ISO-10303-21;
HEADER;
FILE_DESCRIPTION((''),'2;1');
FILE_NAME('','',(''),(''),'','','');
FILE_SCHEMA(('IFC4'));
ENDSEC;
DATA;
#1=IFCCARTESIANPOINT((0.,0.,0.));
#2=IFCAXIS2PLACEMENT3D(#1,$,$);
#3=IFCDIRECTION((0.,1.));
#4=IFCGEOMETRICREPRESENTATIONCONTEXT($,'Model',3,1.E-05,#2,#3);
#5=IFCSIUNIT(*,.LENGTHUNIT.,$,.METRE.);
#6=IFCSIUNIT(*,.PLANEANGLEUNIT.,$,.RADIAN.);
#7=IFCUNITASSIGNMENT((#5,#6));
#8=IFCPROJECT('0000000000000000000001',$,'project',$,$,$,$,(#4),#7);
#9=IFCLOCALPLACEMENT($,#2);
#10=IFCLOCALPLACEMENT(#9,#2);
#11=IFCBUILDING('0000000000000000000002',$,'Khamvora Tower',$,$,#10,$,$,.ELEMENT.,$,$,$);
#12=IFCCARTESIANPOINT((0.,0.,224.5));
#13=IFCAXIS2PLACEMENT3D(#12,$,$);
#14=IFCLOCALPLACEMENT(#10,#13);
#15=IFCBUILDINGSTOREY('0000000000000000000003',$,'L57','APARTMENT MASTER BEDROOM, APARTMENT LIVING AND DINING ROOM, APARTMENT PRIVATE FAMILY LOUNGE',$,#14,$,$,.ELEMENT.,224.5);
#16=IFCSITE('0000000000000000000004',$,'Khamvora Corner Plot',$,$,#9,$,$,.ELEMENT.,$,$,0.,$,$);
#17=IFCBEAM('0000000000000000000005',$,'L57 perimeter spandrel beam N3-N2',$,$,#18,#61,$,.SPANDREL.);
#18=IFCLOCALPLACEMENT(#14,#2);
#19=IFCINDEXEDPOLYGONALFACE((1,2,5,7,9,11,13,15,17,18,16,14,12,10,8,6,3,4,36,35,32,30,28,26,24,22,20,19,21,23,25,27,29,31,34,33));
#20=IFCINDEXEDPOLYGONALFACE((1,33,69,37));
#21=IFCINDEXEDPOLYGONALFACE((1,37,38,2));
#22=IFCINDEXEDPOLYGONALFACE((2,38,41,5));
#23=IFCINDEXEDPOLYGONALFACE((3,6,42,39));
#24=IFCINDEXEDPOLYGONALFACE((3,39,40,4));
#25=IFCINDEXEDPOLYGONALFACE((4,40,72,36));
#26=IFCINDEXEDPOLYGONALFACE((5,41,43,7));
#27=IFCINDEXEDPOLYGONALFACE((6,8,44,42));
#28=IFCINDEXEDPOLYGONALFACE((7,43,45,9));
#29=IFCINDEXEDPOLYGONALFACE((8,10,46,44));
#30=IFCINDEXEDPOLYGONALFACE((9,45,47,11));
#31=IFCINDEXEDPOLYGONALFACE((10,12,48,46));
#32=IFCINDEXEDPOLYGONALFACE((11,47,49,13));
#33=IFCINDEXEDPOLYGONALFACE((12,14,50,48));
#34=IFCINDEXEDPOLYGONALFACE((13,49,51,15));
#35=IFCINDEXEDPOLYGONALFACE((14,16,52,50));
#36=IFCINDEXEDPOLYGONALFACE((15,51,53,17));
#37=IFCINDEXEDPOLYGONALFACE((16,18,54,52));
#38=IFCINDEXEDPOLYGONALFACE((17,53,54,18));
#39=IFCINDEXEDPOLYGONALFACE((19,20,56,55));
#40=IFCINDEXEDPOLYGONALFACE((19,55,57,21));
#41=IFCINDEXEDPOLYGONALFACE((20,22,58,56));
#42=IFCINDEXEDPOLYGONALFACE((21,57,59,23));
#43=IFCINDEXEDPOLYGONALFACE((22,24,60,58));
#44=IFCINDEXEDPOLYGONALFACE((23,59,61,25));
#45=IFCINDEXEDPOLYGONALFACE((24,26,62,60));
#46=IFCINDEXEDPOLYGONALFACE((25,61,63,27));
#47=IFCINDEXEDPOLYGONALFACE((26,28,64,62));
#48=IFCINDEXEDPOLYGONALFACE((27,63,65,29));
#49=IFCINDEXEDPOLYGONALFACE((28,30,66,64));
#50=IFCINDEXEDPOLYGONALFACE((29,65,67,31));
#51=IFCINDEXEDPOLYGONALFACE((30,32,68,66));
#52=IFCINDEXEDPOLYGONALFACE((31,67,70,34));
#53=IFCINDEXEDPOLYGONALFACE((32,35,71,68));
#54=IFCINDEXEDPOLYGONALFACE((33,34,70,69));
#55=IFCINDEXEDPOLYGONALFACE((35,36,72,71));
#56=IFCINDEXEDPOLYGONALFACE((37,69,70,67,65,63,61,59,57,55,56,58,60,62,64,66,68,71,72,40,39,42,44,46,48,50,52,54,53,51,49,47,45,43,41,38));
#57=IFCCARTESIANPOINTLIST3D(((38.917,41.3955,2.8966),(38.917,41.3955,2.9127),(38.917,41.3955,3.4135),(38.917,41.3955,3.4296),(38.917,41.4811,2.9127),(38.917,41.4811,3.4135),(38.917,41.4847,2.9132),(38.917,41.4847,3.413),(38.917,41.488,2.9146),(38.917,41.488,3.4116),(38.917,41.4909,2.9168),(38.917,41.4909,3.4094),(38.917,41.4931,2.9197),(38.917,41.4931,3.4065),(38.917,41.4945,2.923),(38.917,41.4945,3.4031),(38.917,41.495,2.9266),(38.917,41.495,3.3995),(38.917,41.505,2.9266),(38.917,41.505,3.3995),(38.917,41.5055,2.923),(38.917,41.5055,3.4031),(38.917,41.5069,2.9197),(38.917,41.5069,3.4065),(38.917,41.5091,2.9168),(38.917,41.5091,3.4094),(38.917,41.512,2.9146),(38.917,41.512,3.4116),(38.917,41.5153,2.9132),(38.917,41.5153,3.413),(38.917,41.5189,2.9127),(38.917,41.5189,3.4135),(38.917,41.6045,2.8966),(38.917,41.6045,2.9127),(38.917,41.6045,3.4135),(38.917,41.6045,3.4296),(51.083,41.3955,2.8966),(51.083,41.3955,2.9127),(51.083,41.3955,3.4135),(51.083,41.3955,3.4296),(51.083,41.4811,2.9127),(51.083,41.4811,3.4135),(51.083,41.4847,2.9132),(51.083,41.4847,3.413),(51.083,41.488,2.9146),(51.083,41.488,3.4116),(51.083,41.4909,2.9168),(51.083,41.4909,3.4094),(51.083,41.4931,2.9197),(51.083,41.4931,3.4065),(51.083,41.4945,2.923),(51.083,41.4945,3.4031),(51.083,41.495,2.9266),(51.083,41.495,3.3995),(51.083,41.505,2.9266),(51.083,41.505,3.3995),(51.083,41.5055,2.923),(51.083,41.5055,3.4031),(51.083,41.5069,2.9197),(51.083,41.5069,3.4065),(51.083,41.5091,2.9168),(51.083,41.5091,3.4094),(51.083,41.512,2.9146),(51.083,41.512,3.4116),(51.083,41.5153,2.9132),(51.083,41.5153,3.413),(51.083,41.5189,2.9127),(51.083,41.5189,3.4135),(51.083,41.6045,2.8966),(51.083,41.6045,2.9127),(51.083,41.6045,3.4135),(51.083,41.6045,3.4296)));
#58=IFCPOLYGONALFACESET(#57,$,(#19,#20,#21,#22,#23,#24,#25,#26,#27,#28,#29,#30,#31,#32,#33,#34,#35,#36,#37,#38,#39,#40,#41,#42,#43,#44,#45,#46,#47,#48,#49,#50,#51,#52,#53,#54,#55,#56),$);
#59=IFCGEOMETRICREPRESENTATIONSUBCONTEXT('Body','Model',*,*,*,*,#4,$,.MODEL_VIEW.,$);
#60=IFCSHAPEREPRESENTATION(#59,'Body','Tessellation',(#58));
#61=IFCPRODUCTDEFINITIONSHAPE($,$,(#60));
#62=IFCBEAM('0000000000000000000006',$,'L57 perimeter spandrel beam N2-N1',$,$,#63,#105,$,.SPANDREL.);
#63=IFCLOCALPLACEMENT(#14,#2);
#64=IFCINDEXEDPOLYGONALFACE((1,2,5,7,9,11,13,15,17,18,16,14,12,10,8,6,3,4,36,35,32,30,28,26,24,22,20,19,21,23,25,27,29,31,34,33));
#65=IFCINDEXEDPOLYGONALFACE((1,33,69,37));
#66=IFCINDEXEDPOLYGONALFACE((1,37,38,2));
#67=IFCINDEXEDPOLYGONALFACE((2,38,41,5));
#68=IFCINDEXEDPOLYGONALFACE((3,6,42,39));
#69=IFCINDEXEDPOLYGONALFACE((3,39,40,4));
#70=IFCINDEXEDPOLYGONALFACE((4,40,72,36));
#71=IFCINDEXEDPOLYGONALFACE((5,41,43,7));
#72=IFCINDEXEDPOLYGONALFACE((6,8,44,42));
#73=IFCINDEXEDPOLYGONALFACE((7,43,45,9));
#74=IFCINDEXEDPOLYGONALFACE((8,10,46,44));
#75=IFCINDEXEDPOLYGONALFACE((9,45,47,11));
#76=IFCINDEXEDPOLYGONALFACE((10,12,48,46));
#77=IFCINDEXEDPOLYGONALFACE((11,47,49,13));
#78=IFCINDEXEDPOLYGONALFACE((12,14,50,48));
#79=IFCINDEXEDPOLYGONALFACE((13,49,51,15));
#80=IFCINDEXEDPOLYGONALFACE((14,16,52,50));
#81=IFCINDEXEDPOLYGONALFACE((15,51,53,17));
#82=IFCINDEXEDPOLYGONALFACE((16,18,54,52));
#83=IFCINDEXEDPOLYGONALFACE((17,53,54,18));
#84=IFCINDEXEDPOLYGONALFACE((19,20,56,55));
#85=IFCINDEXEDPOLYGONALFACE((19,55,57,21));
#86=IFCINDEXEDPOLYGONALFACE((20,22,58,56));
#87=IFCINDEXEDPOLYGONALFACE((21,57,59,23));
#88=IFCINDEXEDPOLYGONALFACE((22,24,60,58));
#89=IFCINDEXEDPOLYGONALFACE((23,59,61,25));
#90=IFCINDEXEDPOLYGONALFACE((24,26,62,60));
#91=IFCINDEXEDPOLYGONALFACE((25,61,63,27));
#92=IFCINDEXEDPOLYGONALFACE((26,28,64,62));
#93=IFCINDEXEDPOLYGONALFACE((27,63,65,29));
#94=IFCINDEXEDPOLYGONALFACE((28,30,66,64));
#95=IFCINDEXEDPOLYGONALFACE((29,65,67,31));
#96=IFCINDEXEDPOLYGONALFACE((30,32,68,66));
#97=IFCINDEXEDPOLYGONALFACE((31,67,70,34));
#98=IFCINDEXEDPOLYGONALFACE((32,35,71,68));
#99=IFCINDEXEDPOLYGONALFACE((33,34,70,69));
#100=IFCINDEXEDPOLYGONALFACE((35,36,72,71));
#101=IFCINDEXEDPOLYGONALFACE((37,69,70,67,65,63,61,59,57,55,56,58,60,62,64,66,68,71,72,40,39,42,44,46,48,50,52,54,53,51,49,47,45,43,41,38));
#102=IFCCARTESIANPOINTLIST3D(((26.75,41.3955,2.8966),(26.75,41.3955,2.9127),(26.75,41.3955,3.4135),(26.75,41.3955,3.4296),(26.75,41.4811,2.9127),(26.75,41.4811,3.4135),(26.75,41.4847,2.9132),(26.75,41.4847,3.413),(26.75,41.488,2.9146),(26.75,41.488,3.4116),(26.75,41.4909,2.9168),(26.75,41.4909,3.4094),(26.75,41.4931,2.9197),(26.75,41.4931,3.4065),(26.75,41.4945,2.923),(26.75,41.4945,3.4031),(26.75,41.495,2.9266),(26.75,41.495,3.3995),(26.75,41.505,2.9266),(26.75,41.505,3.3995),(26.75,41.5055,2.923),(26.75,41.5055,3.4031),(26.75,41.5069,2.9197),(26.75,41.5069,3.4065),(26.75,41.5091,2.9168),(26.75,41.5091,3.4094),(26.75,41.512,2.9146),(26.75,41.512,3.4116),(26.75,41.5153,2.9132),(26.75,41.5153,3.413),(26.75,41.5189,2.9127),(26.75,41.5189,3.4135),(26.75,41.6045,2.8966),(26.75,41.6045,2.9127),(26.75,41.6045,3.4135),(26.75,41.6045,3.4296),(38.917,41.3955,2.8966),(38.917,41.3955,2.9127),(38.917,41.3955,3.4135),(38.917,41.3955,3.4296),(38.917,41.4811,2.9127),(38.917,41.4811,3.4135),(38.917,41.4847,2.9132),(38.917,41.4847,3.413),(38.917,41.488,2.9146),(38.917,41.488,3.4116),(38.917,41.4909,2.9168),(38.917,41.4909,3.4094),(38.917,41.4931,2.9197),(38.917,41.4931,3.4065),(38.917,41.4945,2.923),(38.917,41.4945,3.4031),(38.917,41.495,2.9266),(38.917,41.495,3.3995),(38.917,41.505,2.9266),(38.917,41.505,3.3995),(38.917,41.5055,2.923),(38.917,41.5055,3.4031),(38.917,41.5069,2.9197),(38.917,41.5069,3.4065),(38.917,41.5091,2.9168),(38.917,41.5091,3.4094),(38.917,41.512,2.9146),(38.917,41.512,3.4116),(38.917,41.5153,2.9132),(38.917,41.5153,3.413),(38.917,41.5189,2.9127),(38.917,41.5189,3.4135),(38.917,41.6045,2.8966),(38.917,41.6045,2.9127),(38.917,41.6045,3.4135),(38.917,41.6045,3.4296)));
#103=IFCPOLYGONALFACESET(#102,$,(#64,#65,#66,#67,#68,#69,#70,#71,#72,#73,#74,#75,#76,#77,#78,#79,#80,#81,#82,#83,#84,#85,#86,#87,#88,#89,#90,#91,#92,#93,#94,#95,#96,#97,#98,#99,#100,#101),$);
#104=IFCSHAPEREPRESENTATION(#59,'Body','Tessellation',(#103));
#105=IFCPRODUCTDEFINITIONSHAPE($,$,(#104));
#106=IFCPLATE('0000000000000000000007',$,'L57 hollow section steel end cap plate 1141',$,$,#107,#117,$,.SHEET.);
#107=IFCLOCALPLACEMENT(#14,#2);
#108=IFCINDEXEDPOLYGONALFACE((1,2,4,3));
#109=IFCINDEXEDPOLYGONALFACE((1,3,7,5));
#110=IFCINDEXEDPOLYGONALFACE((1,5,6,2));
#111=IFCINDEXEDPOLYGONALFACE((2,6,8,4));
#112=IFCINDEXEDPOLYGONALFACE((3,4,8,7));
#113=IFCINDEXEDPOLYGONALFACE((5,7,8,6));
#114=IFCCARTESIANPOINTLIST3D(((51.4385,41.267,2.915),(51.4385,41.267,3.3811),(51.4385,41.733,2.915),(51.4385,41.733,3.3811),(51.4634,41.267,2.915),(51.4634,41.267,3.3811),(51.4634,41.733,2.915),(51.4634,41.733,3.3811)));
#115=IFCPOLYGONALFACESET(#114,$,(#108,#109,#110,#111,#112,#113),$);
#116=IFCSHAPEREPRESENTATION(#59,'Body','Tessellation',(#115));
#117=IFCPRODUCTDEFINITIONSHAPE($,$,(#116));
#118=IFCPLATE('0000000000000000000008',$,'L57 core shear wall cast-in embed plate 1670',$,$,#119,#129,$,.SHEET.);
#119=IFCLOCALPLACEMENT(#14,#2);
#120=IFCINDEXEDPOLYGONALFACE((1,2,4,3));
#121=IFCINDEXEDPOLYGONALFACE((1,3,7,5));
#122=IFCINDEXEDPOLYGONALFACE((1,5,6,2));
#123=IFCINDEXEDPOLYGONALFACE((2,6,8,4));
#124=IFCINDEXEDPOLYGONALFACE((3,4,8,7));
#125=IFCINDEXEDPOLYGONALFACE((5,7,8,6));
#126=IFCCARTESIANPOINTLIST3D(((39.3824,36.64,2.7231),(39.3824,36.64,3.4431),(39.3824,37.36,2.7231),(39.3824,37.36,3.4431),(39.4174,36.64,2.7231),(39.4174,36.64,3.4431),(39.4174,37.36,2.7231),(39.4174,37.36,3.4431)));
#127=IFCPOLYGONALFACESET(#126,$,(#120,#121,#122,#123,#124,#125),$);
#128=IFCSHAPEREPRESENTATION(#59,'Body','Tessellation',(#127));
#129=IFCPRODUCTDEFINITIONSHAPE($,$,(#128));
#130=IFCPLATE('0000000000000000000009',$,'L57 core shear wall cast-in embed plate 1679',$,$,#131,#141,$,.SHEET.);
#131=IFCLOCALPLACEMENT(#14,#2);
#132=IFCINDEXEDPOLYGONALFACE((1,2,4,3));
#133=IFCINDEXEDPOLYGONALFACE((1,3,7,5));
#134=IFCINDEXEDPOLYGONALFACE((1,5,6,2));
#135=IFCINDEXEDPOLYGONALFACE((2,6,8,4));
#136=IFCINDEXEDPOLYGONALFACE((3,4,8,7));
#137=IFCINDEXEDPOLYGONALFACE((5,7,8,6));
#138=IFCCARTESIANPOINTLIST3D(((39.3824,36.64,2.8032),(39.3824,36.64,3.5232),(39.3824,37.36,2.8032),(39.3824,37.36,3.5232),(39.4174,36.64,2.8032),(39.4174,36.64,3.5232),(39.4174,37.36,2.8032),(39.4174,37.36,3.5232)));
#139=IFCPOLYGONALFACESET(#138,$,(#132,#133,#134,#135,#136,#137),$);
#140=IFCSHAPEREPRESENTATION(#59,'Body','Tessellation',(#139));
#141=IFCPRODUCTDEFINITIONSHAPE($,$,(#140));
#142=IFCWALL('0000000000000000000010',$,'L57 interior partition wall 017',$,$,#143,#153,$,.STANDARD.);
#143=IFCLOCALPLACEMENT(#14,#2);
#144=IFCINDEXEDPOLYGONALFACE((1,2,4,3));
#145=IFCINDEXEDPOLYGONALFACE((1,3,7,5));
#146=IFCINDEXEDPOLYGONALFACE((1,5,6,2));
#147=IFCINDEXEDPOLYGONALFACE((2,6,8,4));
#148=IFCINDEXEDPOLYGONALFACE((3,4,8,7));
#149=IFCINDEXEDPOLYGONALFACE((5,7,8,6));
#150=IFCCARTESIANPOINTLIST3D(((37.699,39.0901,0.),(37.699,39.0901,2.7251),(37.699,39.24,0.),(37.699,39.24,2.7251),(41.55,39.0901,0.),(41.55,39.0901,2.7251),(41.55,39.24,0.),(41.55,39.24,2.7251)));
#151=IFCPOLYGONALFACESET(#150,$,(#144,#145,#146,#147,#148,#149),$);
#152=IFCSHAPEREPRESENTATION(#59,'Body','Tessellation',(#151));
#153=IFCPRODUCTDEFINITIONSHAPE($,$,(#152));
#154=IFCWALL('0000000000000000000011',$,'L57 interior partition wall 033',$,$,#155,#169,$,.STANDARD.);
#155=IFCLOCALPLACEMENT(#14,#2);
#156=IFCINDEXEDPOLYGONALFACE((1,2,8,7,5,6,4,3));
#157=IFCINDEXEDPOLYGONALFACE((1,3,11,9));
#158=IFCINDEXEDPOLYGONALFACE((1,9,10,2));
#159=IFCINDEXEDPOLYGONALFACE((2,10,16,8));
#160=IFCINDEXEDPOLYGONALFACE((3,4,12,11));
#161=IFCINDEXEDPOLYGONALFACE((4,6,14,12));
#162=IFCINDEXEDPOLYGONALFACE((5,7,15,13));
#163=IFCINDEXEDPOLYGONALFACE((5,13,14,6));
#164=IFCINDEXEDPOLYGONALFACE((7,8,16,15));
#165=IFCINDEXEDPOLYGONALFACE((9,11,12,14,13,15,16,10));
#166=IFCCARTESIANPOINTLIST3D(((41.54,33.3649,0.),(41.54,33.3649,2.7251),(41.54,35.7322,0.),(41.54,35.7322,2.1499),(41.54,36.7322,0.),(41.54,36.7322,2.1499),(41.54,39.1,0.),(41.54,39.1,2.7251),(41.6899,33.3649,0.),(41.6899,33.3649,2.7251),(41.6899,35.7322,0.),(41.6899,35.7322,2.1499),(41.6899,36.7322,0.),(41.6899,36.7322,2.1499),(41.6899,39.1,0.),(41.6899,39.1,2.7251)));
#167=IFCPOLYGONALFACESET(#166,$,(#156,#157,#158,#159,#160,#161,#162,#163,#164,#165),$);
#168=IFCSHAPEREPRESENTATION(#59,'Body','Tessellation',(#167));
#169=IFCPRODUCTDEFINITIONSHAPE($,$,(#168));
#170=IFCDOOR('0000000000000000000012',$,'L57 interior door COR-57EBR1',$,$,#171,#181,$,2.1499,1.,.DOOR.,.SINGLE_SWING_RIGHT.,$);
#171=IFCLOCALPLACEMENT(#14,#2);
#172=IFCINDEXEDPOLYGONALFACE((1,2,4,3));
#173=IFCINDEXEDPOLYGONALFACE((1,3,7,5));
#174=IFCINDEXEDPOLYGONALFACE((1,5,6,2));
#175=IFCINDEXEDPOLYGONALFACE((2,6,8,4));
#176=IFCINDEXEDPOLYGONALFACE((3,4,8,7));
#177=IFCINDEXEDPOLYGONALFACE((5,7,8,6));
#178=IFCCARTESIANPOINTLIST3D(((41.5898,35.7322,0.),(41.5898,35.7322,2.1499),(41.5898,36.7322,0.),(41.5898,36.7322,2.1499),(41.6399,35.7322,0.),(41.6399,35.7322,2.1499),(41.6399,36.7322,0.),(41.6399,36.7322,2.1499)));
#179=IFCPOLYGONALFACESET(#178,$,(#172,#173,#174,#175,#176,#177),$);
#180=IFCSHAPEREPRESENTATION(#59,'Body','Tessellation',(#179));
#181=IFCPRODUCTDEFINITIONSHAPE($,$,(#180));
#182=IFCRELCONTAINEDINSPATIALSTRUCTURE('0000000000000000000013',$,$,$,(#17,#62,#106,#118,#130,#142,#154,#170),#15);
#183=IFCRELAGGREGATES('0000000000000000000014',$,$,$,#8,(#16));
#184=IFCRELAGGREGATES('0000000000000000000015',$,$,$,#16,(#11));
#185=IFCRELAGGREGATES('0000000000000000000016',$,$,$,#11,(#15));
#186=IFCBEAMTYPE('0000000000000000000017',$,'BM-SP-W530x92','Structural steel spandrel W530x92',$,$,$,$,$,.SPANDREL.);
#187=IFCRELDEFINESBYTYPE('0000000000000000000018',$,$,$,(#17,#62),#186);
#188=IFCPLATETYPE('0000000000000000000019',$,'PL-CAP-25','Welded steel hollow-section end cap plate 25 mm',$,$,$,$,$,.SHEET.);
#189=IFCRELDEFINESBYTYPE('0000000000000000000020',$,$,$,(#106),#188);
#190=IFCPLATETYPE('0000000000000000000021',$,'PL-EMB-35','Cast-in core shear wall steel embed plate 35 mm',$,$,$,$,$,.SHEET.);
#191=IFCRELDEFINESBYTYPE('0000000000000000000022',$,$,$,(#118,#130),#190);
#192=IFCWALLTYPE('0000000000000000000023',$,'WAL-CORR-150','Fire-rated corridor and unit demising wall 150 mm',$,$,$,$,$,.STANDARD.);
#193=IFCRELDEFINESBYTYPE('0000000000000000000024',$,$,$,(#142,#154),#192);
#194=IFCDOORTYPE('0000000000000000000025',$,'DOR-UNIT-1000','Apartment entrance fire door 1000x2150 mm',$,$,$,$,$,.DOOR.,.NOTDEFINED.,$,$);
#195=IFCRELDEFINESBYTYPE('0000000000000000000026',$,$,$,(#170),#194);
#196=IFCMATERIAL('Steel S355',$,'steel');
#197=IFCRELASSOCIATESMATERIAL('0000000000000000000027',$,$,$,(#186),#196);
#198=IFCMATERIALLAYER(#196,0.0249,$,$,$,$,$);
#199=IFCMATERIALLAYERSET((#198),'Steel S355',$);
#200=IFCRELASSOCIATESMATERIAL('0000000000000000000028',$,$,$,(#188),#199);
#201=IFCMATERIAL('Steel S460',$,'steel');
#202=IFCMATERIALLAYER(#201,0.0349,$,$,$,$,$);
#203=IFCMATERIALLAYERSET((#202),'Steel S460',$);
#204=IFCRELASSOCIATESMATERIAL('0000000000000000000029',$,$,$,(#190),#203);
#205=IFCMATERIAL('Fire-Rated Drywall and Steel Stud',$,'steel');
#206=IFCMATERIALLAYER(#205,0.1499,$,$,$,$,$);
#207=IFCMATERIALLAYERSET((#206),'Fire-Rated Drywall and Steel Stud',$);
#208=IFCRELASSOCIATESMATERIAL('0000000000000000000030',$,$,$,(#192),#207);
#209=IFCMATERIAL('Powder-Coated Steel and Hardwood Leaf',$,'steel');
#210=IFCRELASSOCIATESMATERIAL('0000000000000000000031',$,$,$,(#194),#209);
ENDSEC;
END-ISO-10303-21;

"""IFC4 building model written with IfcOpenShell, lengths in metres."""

from ifc_helpers import new_model, si_unit, direction, frame, frame_2d, origin, origin_2d, place, context, subcontext, project, spatial, rectangle, i_section, extrude, material, layer, layer_set, material_profile, profile_set, type_object, element, fill, save


model = new_model("IFC4")

# Units and contexts
model_context = context("Model", 3, precision=1e-05, world=origin(), true_north=direction((0.0, 1.0)))
body_context = subcontext(model_context, "Body", "Model", "MODEL_VIEW")
ifc_project = project(units=[si_unit("LENGTHUNIT", "METRE"), si_unit("PLANEANGLEUNIT", "RADIAN")], contexts=[model_context])

# Site, building, storey
site_placement = place(None, origin())
site = spatial("IfcSite", under=ifc_project, at=site_placement, Name="Khamvora Corner Plot", CompositionType="ELEMENT", RefElevation=0.0)
building_placement = place(site_placement, origin())
building = spatial("IfcBuilding", under=site, at=building_placement, Name="Khamvora Tower", CompositionType="ELEMENT")
storey_placement = place(building_placement, frame((0.0, 0.0, 224.5)))
storey = spatial("IfcBuildingStorey", under=building, at=storey_placement, Name="L57", Description="APARTMENT MASTER BEDROOM, APARTMENT LIVING AND DINING ROOM, APARTMENT PRIVATE FAMILY LOUNGE", CompositionType="ELEMENT", Elevation=224.5)

# Shared definitions
ifc_material_1 = material(Name="Steel S460", Category="steel")
ifc_material_2 = material(Name="Steel S355", Category="steel")

# Beams
ifc_material_profile_1 = material_profile(ifc_material_2, i_section(OverallWidth=0.209, OverallDepth=0.533, WebThickness=0.01, FlangeThickness=0.0161, FilletRadius=0.0139, at=origin_2d()), Name="W530x92")
ifc_profile_set_1 = profile_set([ifc_material_profile_1], Name="Steel S355")
beam_type_1 = type_object("IfcBeamType", Name="BM-SP-W530x92", Description="Structural steel spandrel W530x92", PredefinedType="SPANDREL", material=ifc_profile_set_1)
beam_1_placement = place(storey_placement, frame((51.083, 41.5, 3.1631), z_axis=(-1.0, 0.0, 0.0), x_axis=(0.0, -1.0, 0.0)))
element("IfcBeam", 1, at=beam_1_placement, inside=storey, type_object=beam_type_1, Name="L57 perimeter spandrel beam N3-N2", PredefinedType="SPANDREL", context=body_context, shape_type="SweptSolid", body=[
    extrude(i_section(OverallWidth=0.209, OverallDepth=0.533, WebThickness=0.01, FlangeThickness=0.0161, FilletRadius=0.0139, at=origin_2d()), origin(), (0.0, 0.0, 1.0), 12.166),
])
beam_2_placement = place(storey_placement, frame((38.917, 41.5, 3.1631), z_axis=(-1.0, 0.0, 0.0), x_axis=(0.0, -1.0, 0.0)))
element("IfcBeam", 2, at=beam_2_placement, inside=storey, type_object=beam_type_1, Name="L57 perimeter spandrel beam N2-N1", PredefinedType="SPANDREL", context=body_context, shape_type="SweptSolid", body=[
    extrude(i_section(OverallWidth=0.209, OverallDepth=0.533, WebThickness=0.01, FlangeThickness=0.0161, FilletRadius=0.0139, at=origin_2d()), origin(), (0.0, 0.0, 1.0), 12.167),
])

# Plates
ifc_layer_1 = layer(ifc_material_2, 0.0249)
ifc_layer_set_1 = layer_set([ifc_layer_1], Name="Steel S355")
plate_type_1 = type_object("IfcPlateType", Name="PL-CAP-25", Description="Welded steel hollow-section end cap plate 25 mm", PredefinedType="SHEET", material=ifc_layer_set_1)
plate_placement = place(storey_placement, frame((51.4509, 41.5, 2.915), z_axis=(0.0, 0.0, 1.0), x_axis=(-1.0, 0.0, 0.0)))
element("IfcPlate", 3, at=plate_placement, inside=storey, type_object=plate_type_1, Name="L57 hollow section steel end cap plate 1141", PredefinedType="SHEET", context=body_context, shape_type="SweptSolid", body=[
    extrude(rectangle(XDim=0.0249, YDim=0.4661, at=origin_2d()), origin(), (0.0, 0.0, 1.0), 0.4661),
])
ifc_layer_2 = layer(ifc_material_1, 0.0349)
ifc_layer_set_2 = layer_set([ifc_layer_2], Name="Steel S460")
plate_type_2 = type_object("IfcPlateType", Name="PL-EMB-35", Description="Cast-in core shear wall steel embed plate 35 mm", PredefinedType="SHEET", material=ifc_layer_set_2)
for number, where, z_axis, x_axis, name in (
    (4, (39.3999, 37.0, 2.7231), (0.0, 0.0, 1.0), (1.0, 0.0, 0.0), "L57 core shear wall cast-in embed plate 1670"),
    (5, (39.3999, 37.0, 2.8032), (0.0, 0.0, 1.0), (1.0, 0.0, 0.0), "L57 core shear wall cast-in embed plate 1679"),
):
    element("IfcPlate", number, at=place(storey_placement, frame(where, z_axis=z_axis, x_axis=x_axis)), inside=storey, type_object=plate_type_2, Name=name, PredefinedType="SHEET", context=body_context, shape_type="SweptSolid", body=[
        extrude(rectangle(XDim=0.0349, YDim=0.72, at=origin_2d()), origin(), (0.0, 0.0, 1.0), 0.72),
    ])

# Wall
ifc_material_3 = material(Name="Fire-Rated Drywall and Steel Stud", Category="steel")
ifc_layer_3 = layer(ifc_material_3, 0.1499)
ifc_layer_set_3 = layer_set([ifc_layer_3], Name="Fire-Rated Drywall and Steel Stud")
wall_type_1 = type_object("IfcWallType", Name="WAL-CORR-150", Description="Fire-rated corridor and unit demising wall 150 mm", PredefinedType="STANDARD", material=ifc_layer_set_3)
wall_1_placement = place(storey_placement, frame((37.699, 39.165, 0.0), z_axis=(0.0, 0.0, 1.0), x_axis=(1.0, 0.0, 0.0)))
element("IfcWall", 6, at=wall_1_placement, inside=storey, type_object=wall_type_1, Name="L57 interior partition wall 017", PredefinedType="STANDARD", context=body_context, shape_type="SweptSolid", body=[
    extrude(rectangle(XDim=3.8511, YDim=0.1499, at=frame_2d((1.9255, 0.0))), origin(), (0.0, 0.0, 1.0), 2.7251),
])

# Wall, opening, door
wall_2_placement = place(storey_placement, frame((41.615, 39.1001, 0.0), z_axis=(0.0, 0.0, 1.0), x_axis=(0.0, -1.0, 0.0)))
wall_2 = element("IfcWall", 7, at=wall_2_placement, inside=storey, type_object=wall_type_1, Name="L57 interior partition wall 033", PredefinedType="STANDARD", context=body_context, shape_type="SweptSolid", body=[
    extrude(rectangle(XDim=5.7351, YDim=0.1499, at=frame_2d((2.8677, 0.0))), origin(), (0.0, 0.0, 1.0), 2.7251),
])
opening_1_placement = place(wall_2_placement, frame((2.3679, 0.0, 0.0)))
opening_1 = element("IfcOpeningElement", 8, at=opening_1_placement, cuts=wall_2, PredefinedType="OPENING", context=body_context, shape_type="SweptSolid", body=[
    extrude(rectangle(XDim=1.0, YDim=2.1499, at=frame_2d((0.5, 1.075))), frame((0.0, 0.085, 0.0), z_axis=(0.0, -1.0, 0.0), x_axis=(1.0, 0.0, 0.0)), (0.0, 0.0, 1.0), 0.1699),
])
ifc_material_4 = material(Name="Powder-Coated Steel and Hardwood Leaf", Category="steel")
door_type_1 = type_object("IfcDoorType", Name="DOR-UNIT-1000", Description="Apartment entrance fire door 1000x2150 mm", OperationType="NOTDEFINED", PredefinedType="DOOR", material=ifc_material_4)
door_1_placement = place(opening_1_placement, origin())
door_1 = element("IfcDoor", 9, at=door_1_placement, inside=storey, type_object=door_type_1, Name="L57 interior door COR-57EBR1", OperationType="SINGLE_SWING_RIGHT", OverallHeight=2.1499, OverallWidth=1.0, PredefinedType="DOOR", context=body_context, shape_type="SweptSolid", body=[
    extrude(rectangle(XDim=1.0, YDim=2.1499, at=frame_2d((0.5, 1.075))), frame((0.0, 0.0249, 0.0), z_axis=(0.0, -1.0, 0.0), x_axis=(1.0, 0.0, 0.0)), (0.0, 0.0, 1.0), 0.05),
])
fill(opening_1, door_1)

save(model, "model.ifc")
